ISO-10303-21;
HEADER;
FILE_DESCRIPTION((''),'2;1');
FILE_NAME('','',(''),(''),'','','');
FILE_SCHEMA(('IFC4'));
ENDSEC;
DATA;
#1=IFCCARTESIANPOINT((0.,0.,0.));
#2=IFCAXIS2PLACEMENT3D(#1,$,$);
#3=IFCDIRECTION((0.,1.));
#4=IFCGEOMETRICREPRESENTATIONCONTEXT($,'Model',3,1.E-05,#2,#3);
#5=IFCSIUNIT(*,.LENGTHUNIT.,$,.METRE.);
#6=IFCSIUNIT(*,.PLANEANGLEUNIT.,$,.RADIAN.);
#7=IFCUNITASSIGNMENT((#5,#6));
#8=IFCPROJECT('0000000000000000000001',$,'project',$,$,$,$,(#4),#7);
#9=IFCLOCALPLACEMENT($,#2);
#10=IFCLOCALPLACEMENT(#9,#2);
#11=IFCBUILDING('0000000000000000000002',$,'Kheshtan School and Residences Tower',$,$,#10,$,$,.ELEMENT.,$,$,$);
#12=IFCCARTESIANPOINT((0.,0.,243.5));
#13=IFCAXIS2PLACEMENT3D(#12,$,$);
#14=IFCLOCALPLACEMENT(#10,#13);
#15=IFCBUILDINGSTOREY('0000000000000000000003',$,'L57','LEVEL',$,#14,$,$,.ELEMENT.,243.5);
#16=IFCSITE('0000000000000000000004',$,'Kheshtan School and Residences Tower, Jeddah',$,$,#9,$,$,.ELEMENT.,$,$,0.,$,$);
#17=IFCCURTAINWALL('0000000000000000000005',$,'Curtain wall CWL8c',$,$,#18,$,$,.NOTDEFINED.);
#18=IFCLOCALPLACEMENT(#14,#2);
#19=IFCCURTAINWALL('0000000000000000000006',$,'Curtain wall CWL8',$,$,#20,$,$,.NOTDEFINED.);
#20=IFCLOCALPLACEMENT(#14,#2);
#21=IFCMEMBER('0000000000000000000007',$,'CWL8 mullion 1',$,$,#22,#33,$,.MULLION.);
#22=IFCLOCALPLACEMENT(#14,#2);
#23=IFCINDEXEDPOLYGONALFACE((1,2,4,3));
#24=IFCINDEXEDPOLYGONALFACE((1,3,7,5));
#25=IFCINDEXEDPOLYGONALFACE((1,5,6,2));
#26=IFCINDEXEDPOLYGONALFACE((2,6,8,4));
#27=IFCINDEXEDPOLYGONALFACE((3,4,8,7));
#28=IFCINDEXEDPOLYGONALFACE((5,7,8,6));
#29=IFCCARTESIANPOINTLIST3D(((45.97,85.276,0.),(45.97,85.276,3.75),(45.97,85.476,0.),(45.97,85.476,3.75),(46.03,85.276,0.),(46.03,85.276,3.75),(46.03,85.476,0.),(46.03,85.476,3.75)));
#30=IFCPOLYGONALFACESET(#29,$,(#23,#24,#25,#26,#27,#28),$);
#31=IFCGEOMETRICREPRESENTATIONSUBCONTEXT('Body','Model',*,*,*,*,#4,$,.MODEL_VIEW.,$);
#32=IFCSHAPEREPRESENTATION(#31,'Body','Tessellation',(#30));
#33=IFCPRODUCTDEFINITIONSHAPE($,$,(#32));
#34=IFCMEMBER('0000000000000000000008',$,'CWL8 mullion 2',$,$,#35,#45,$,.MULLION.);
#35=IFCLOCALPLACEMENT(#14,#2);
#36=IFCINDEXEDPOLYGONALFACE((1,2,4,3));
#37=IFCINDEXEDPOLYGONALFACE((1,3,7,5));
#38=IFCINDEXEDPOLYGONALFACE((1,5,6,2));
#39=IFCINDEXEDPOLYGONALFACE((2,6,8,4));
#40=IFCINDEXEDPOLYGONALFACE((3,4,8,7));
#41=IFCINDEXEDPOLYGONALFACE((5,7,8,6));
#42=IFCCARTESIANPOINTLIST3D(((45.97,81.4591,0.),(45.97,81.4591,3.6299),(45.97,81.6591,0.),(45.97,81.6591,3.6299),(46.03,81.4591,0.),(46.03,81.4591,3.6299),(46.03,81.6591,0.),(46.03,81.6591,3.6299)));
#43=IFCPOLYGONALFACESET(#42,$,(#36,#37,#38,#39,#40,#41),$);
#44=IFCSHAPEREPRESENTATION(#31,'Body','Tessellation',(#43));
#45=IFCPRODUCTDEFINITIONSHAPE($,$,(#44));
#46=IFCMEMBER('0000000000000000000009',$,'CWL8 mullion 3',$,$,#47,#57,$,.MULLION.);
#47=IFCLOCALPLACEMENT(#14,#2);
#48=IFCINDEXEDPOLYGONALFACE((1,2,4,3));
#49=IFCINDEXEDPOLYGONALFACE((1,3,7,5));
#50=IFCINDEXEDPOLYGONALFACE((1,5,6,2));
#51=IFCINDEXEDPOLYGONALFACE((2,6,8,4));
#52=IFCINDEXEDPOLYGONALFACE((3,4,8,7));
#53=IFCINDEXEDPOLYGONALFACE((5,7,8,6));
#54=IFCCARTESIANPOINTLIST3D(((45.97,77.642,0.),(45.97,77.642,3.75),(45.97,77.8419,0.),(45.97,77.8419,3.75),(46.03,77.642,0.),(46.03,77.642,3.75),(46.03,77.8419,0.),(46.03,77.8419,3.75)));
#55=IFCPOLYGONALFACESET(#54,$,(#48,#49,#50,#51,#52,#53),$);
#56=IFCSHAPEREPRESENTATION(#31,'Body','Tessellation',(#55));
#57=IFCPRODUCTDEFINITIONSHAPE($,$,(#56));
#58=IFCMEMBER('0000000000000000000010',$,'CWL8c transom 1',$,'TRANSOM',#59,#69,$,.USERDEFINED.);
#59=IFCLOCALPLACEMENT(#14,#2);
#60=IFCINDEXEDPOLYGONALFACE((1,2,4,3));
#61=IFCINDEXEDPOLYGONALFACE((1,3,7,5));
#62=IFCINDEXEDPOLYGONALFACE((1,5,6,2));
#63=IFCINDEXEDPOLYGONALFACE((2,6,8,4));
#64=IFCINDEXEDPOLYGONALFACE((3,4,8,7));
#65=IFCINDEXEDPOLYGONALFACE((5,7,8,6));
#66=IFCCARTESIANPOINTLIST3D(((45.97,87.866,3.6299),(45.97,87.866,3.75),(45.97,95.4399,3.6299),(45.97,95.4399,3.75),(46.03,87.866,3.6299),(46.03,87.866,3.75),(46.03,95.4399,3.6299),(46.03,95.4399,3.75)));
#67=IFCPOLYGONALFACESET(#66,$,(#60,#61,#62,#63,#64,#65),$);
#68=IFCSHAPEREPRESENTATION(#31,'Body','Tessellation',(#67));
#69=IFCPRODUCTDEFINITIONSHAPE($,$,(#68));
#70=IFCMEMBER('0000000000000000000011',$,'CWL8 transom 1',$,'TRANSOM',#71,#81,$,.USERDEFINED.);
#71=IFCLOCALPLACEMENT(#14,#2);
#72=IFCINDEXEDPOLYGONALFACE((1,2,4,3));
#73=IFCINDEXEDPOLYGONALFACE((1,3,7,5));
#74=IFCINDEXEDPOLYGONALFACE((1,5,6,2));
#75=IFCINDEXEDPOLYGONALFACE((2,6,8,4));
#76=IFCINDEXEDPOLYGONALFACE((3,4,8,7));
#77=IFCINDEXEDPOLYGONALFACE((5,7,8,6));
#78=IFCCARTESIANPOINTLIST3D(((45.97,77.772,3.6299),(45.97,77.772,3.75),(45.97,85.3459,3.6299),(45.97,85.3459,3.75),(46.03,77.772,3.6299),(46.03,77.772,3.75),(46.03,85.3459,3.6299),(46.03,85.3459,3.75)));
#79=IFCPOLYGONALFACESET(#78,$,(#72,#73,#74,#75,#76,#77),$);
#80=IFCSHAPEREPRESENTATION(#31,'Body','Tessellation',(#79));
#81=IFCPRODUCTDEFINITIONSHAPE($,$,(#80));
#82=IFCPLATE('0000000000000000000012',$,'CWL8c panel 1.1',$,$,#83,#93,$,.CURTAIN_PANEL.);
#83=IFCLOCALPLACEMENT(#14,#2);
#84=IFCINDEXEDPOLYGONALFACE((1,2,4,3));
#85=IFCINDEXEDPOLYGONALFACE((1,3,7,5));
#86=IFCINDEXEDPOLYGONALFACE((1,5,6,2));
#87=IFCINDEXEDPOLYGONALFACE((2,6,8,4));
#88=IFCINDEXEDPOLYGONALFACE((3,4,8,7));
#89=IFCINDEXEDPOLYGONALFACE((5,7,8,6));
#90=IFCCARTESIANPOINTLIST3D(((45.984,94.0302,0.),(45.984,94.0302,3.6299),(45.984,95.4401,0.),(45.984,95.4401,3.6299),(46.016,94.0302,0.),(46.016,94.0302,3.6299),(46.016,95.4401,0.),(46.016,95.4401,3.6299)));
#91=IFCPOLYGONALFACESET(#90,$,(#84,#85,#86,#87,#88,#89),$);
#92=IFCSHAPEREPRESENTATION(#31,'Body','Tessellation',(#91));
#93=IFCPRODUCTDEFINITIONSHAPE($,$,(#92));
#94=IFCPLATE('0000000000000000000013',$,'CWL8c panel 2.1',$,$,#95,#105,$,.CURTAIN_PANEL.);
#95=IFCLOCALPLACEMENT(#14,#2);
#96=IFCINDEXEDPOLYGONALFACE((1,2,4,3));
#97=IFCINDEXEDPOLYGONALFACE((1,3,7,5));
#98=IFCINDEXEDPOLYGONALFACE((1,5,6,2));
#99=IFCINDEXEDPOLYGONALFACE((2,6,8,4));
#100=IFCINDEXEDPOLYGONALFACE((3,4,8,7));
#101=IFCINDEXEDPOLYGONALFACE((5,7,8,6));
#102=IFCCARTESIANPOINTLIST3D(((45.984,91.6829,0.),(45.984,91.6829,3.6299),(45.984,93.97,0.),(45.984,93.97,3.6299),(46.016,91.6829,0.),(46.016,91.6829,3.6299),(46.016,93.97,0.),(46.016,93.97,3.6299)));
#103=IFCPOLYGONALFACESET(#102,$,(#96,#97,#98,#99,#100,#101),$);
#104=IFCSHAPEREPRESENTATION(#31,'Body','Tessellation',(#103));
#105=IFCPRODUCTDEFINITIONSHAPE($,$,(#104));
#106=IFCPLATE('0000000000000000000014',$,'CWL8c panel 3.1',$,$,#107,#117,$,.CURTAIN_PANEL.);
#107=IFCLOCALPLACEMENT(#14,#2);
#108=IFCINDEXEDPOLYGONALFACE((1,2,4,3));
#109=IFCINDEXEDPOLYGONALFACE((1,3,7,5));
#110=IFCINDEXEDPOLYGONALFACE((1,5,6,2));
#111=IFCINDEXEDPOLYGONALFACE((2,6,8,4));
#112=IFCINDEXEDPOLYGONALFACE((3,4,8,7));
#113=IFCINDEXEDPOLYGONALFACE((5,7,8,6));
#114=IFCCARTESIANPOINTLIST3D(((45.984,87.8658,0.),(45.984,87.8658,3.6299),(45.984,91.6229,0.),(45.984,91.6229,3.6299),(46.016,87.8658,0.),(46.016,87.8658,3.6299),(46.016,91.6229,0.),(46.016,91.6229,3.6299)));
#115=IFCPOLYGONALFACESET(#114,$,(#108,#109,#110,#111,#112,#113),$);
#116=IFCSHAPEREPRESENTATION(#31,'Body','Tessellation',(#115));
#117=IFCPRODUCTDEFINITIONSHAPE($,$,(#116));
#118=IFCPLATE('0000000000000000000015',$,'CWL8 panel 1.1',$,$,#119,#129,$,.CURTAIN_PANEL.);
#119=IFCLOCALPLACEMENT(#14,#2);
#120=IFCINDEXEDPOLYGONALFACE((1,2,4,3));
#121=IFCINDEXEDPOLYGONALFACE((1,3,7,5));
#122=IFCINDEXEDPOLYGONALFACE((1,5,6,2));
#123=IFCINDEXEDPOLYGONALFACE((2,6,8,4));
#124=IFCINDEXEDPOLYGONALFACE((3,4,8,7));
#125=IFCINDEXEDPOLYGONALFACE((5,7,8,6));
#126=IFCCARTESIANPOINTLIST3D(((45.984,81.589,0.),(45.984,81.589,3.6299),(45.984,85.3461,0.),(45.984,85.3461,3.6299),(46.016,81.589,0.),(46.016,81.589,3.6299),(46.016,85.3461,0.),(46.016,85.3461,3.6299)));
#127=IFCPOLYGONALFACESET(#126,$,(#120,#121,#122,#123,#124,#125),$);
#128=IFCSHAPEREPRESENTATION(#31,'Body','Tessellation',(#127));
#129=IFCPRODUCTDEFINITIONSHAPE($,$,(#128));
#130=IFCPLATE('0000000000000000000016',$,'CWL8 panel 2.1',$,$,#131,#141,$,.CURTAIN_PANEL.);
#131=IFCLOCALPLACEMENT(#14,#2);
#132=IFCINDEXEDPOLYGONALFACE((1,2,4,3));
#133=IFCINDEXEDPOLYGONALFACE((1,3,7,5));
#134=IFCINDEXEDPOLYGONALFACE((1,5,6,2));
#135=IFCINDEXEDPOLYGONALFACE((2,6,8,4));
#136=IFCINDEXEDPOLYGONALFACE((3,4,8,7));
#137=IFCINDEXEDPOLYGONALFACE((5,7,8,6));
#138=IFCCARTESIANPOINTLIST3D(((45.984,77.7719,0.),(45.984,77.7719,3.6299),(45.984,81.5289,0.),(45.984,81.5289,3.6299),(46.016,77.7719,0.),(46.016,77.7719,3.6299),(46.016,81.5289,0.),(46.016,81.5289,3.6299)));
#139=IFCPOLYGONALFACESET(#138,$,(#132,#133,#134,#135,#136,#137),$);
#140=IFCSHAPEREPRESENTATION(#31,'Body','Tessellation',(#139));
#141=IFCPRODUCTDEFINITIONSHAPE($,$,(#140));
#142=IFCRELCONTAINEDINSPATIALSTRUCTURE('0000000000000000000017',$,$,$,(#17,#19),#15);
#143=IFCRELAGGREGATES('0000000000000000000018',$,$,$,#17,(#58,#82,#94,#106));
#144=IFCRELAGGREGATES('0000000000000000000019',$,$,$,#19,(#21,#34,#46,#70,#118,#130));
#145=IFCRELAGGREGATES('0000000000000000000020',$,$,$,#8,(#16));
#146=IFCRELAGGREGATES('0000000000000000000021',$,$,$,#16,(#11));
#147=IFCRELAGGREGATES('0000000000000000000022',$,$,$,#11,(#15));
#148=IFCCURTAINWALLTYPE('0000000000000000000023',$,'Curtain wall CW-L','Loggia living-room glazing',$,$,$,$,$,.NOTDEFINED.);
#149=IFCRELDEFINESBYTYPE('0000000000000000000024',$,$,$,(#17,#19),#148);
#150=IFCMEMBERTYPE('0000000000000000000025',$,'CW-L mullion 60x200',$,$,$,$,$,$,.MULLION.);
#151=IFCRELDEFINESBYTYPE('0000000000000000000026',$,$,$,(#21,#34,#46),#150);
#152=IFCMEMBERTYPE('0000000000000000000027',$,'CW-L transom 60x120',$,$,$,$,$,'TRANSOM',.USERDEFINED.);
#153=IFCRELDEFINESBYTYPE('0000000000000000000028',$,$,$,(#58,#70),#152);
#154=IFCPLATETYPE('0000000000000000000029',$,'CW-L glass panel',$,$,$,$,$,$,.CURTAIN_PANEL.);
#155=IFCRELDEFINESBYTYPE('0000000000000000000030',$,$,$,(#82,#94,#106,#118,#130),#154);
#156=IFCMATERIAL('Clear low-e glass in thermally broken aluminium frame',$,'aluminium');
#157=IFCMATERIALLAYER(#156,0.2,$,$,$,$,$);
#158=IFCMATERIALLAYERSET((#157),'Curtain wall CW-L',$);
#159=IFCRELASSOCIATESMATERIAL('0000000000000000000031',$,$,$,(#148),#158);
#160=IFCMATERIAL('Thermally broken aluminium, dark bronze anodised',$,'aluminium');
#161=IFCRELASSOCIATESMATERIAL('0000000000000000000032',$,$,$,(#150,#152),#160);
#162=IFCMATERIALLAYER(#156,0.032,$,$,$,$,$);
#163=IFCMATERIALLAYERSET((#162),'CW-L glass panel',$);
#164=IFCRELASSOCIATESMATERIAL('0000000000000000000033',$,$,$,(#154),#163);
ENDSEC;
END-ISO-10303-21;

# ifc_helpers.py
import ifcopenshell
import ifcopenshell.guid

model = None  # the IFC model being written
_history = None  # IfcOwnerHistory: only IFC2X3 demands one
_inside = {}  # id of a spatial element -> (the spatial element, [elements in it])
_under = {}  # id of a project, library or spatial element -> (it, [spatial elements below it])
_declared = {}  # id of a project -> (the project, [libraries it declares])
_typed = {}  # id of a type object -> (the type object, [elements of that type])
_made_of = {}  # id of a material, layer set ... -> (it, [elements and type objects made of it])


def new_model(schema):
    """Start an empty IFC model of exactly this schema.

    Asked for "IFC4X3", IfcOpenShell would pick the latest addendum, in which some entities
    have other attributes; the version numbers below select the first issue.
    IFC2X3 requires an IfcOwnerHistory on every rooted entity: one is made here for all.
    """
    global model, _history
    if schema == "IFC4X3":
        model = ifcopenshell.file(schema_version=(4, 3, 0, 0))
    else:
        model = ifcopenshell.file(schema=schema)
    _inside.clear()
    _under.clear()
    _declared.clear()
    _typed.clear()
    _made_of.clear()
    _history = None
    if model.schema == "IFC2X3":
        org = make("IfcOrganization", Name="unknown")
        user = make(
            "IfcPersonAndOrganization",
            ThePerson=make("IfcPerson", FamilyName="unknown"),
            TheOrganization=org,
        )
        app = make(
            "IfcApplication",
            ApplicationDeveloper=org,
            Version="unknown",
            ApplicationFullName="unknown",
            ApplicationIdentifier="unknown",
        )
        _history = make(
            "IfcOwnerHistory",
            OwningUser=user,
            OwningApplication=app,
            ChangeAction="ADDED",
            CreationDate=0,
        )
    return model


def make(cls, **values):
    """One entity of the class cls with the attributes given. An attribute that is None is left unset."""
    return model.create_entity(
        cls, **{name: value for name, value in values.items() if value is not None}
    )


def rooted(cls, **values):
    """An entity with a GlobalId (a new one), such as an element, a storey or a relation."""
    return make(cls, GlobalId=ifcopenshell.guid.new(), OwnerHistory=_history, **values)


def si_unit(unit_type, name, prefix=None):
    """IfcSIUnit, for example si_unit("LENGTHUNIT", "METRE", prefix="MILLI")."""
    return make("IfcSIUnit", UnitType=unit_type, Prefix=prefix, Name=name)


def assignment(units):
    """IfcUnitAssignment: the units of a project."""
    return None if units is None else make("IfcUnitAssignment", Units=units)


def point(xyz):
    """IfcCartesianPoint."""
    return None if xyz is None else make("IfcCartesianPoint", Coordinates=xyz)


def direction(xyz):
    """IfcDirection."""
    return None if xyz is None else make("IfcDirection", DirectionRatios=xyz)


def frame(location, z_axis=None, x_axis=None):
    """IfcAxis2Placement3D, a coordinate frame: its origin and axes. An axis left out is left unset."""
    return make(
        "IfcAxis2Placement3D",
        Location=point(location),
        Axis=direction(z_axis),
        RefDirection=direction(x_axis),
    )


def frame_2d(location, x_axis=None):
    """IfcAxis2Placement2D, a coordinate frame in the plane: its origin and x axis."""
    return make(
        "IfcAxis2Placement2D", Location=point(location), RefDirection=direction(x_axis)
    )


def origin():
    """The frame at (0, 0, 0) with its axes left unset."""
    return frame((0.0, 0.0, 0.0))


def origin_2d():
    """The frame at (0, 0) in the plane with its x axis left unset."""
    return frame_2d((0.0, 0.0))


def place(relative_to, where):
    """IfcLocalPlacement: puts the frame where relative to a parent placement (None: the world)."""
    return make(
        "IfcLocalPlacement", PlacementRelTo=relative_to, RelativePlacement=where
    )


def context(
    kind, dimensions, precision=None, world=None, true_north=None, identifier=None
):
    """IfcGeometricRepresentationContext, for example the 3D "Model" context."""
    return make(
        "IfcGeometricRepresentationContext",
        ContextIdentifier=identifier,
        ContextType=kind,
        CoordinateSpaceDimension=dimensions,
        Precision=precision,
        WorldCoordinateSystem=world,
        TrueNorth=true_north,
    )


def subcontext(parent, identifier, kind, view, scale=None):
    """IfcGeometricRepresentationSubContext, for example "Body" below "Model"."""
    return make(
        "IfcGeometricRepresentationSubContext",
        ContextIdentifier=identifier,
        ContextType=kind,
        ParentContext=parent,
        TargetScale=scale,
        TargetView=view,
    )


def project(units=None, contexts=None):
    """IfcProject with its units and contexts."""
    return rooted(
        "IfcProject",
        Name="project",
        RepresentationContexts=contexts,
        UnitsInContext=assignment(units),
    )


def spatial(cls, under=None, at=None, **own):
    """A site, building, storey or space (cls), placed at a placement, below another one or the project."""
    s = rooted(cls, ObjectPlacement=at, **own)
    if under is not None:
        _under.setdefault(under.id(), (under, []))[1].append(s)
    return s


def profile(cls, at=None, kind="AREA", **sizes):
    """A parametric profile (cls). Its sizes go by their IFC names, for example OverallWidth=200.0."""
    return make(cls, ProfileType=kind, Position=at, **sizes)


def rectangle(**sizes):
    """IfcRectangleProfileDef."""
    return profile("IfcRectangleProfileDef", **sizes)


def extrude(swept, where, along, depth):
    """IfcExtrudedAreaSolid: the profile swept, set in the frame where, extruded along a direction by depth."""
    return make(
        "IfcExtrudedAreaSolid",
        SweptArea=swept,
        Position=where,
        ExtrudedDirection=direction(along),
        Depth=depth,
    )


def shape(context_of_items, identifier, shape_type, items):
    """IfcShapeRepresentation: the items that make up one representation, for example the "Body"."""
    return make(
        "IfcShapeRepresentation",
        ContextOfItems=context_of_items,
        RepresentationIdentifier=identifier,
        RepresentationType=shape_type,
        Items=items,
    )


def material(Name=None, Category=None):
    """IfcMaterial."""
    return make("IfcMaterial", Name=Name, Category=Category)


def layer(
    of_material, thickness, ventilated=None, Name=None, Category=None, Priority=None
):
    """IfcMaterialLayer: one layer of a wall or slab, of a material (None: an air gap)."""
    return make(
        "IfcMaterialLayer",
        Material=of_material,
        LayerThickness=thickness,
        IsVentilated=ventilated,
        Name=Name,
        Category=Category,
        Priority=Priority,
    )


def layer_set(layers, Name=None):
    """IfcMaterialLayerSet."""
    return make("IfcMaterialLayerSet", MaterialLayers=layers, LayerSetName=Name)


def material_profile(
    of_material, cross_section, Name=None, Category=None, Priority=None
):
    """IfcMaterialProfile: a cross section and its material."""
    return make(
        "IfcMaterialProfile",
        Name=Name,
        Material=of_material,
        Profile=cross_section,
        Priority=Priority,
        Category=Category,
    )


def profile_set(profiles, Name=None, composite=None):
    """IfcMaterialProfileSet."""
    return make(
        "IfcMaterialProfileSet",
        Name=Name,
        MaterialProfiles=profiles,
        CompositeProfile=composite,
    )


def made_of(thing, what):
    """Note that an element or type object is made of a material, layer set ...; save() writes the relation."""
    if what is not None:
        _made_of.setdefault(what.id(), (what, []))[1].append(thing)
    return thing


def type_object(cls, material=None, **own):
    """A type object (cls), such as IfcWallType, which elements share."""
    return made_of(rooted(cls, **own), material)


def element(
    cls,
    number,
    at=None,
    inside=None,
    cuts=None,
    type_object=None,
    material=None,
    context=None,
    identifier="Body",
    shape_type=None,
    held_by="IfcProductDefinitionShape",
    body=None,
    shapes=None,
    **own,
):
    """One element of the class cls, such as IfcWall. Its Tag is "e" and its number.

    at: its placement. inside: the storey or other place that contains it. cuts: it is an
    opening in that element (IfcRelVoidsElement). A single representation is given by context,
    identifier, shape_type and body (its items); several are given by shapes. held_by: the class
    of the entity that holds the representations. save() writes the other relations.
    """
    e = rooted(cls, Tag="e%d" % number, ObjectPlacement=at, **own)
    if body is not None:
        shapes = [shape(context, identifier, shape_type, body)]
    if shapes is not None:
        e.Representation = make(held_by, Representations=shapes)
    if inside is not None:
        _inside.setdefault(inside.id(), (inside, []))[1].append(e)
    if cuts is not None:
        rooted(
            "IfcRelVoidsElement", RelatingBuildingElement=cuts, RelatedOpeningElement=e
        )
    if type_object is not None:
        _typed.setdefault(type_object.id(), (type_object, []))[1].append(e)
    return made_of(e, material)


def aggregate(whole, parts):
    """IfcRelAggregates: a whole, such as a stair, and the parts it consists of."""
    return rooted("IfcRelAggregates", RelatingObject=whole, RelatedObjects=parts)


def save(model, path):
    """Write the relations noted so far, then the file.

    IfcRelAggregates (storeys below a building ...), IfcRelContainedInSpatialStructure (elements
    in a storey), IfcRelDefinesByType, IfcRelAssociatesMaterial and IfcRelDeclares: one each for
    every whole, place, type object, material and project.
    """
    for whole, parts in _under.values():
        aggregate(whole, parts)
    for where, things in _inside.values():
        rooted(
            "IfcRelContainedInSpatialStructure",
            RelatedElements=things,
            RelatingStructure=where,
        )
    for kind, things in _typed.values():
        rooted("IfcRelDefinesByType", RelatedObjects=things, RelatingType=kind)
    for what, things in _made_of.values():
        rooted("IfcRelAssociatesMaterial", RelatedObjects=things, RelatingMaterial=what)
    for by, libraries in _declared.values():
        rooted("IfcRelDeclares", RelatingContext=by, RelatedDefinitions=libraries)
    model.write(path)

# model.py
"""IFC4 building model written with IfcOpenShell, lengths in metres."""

from ifc_helpers import new_model, si_unit, direction, frame, origin, origin_2d, place, context, subcontext, project, spatial, rectangle, extrude, material, layer, layer_set, material_profile, profile_set, type_object, element, aggregate, save


model = new_model("IFC4")

# Units and contexts
model_context = context("Model", 3, precision=1e-05, world=origin(), true_north=direction((0.0, 1.0)))
body_context = subcontext(model_context, "Body", "Model", "MODEL_VIEW")
ifc_project = project(units=[si_unit("LENGTHUNIT", "METRE"), si_unit("PLANEANGLEUNIT", "RADIAN")], contexts=[model_context])

# Site, building, storey
site_placement = place(None, origin())
site = spatial("IfcSite", under=ifc_project, at=site_placement, Name="Kheshtan School and Residences Tower, Jeddah", CompositionType="ELEMENT", RefElevation=0.0)
building_placement = place(site_placement, origin())
building = spatial("IfcBuilding", under=site, at=building_placement, Name="Kheshtan School and Residences Tower", CompositionType="ELEMENT")
storey_placement = place(building_placement, frame((0.0, 0.0, 243.5)))
storey = spatial("IfcBuildingStorey", under=building, at=storey_placement, Name="L57", Description="LEVEL", CompositionType="ELEMENT", Elevation=243.5)

# Curtain walls, members
ifc_material_1 = material(Name="Clear low-e glass in thermally broken aluminium frame", Category="aluminium")
ifc_layer_1 = layer(ifc_material_1, 0.2)
ifc_layer_set_1 = layer_set([ifc_layer_1], Name="Curtain wall CW-L")
curtain_wall_type = type_object("IfcCurtainWallType", Name="Curtain wall CW-L", Description="Loggia living-room glazing", PredefinedType="NOTDEFINED", material=ifc_layer_set_1)
curtain_wall_1_placement = place(storey_placement, origin())
curtain_wall_1 = element("IfcCurtainWall", 1, at=curtain_wall_1_placement, inside=storey, type_object=curtain_wall_type, Name="Curtain wall CWL8c", PredefinedType="NOTDEFINED")
ifc_material_2 = material(Name="Thermally broken aluminium, dark bronze anodised", Category="aluminium")
ifc_material_profile_1 = material_profile(ifc_material_2, rectangle(XDim=0.0601, YDim=0.2, at=origin_2d()), Name="CW-L mullion 60x200")
ifc_profile_set_1 = profile_set([ifc_material_profile_1], Name="Thermally broken aluminium, dark bronze anodised")
member_type_1 = type_object("IfcMemberType", Name="CW-L mullion 60x200", PredefinedType="MULLION", material=ifc_profile_set_1)
curtain_wall_2_placement = place(storey_placement, origin())
curtain_wall_2 = element("IfcCurtainWall", 2, at=curtain_wall_2_placement, inside=storey, type_object=curtain_wall_type, Name="Curtain wall CWL8", PredefinedType="NOTDEFINED")
member_1_placement = place(storey_placement, frame((46.0, 85.376, 0.0), z_axis=(0.0, 0.0, 1.0), x_axis=(1.0, 0.0, 0.0)))
member_1 = element("IfcMember", 3, at=member_1_placement, type_object=member_type_1, Name="CWL8 mullion 1", PredefinedType="MULLION", context=body_context, shape_type="SweptSolid", body=[
    extrude(rectangle(XDim=0.0601, YDim=0.2, at=origin_2d()), origin(), (0.0, 0.0, 1.0), 3.75),
])
member_2_placement = place(storey_placement, frame((46.0, 81.5591, 0.0), z_axis=(0.0, 0.0, 1.0), x_axis=(1.0, 0.0, 0.0)))
member_2 = element("IfcMember", 4, at=member_2_placement, type_object=member_type_1, Name="CWL8 mullion 2", PredefinedType="MULLION", context=body_context, shape_type="SweptSolid", body=[
    extrude(rectangle(XDim=0.0601, YDim=0.2, at=origin_2d()), origin(), (0.0, 0.0, 1.0), 3.6299),
])
member_3_placement = place(storey_placement, frame((46.0, 77.7419, 0.0), z_axis=(0.0, 0.0, 1.0), x_axis=(1.0, 0.0, 0.0)))
member_3 = element("IfcMember", 5, at=member_3_placement, type_object=member_type_1, Name="CWL8 mullion 3", PredefinedType="MULLION", context=body_context, shape_type="SweptSolid", body=[
    extrude(rectangle(XDim=0.0601, YDim=0.2, at=origin_2d()), origin(), (0.0, 0.0, 1.0), 3.75),
])

# Members
ifc_material_profile_2 = material_profile(ifc_material_2, rectangle(XDim=0.0601, YDim=0.1201, at=origin_2d()), Name="CW-L transom 60x120")
ifc_profile_set_2 = profile_set([ifc_material_profile_2], Name="Thermally broken aluminium, dark bronze anodised")
member_type_2 = type_object("IfcMemberType", Name="CW-L transom 60x120", ElementType="TRANSOM", PredefinedType="USERDEFINED", material=ifc_profile_set_2)
member_4_placement = place(storey_placement, frame((46.0, 95.4399, 3.6899), z_axis=(0.0, -1.0, 0.0), x_axis=(1.0, 0.0, 0.0)))
member_4 = element("IfcMember", 6, at=member_4_placement, type_object=member_type_2, Name="CWL8c transom 1", ObjectType="TRANSOM", PredefinedType="USERDEFINED", context=body_context, shape_type="SweptSolid", body=[
    extrude(rectangle(XDim=0.0601, YDim=0.1201, at=origin_2d()), origin(), (0.0, 0.0, 1.0), 7.574),
])
member_5_placement = place(storey_placement, frame((46.0, 85.3459, 3.6899), z_axis=(0.0, -1.0, 0.0), x_axis=(1.0, 0.0, 0.0)))
member_5 = element("IfcMember", 7, at=member_5_placement, type_object=member_type_2, Name="CWL8 transom 1", ObjectType="TRANSOM", PredefinedType="USERDEFINED", context=body_context, shape_type="SweptSolid", body=[
    extrude(rectangle(XDim=0.0601, YDim=0.1201, at=origin_2d()), origin(), (0.0, 0.0, 1.0), 7.574),
])

# Plates
ifc_layer_2 = layer(ifc_material_1, 0.032)
ifc_layer_set_2 = layer_set([ifc_layer_2], Name="CW-L glass panel")
plate_type = type_object("IfcPlateType", Name="CW-L glass panel", PredefinedType="CURTAIN_PANEL", material=ifc_layer_set_2)
plate_1_placement = place(storey_placement, frame((46.0, 94.7351, 0.0), z_axis=(0.0, 0.0, 1.0), x_axis=(0.0, -1.0, 0.0)))
plate_1 = element("IfcPlate", 8, at=plate_1_placement, type_object=plate_type, Name="CWL8c panel 1.1", PredefinedType="CURTAIN_PANEL", context=body_context, shape_type="SweptSolid", body=[
    extrude(rectangle(XDim=1.4099, YDim=0.032, at=origin_2d()), origin(), (0.0, 0.0, 1.0), 3.6299),
])
plate_2_placement = place(storey_placement, frame((46.0, 92.8264, 0.0), z_axis=(0.0, 0.0, 1.0), x_axis=(0.0, -1.0, 0.0)))
plate_2 = element("IfcPlate", 9, at=plate_2_placement, type_object=plate_type, Name="CWL8c panel 2.1", PredefinedType="CURTAIN_PANEL", context=body_context, shape_type="SweptSolid", body=[
    extrude(rectangle(XDim=2.2871, YDim=0.032, at=origin_2d()), origin(), (0.0, 0.0, 1.0), 3.6299),
])
plate_3_placement = place(storey_placement, frame((46.0, 89.7444, 0.0), z_axis=(0.0, 0.0, 1.0), x_axis=(0.0, -1.0, 0.0)))
plate_3 = element("IfcPlate", 10, at=plate_3_placement, type_object=plate_type, Name="CWL8c panel 3.1", PredefinedType="CURTAIN_PANEL", context=body_context, shape_type="SweptSolid", body=[
    extrude(rectangle(XDim=3.7571, YDim=0.032, at=origin_2d()), origin(), (0.0, 0.0, 1.0), 3.6299),
])
aggregate(curtain_wall_1, [member_4, plate_1, plate_2, plate_3])
plate_4_placement = place(storey_placement, frame((46.0, 83.4675, 0.0), z_axis=(0.0, 0.0, 1.0), x_axis=(0.0, -1.0, 0.0)))
plate_4 = element("IfcPlate", 11, at=plate_4_placement, type_object=plate_type, Name="CWL8 panel 1.1", PredefinedType="CURTAIN_PANEL", context=body_context, shape_type="SweptSolid", body=[
    extrude(rectangle(XDim=3.7571, YDim=0.032, at=origin_2d()), origin(), (0.0, 0.0, 1.0), 3.6299),
])
plate_5_placement = place(storey_placement, frame((46.0, 79.6504, 0.0), z_axis=(0.0, 0.0, 1.0), x_axis=(0.0, -1.0, 0.0)))
plate_5 = element("IfcPlate", 12, at=plate_5_placement, type_object=plate_type, Name="CWL8 panel 2.1", PredefinedType="CURTAIN_PANEL", context=body_context, shape_type="SweptSolid", body=[
    extrude(rectangle(XDim=3.7571, YDim=0.032, at=origin_2d()), origin(), (0.0, 0.0, 1.0), 3.6299),
])
aggregate(curtain_wall_2, [member_1, member_2, member_3, member_5, plate_4, plate_5])

save(model, "model.ifc")
